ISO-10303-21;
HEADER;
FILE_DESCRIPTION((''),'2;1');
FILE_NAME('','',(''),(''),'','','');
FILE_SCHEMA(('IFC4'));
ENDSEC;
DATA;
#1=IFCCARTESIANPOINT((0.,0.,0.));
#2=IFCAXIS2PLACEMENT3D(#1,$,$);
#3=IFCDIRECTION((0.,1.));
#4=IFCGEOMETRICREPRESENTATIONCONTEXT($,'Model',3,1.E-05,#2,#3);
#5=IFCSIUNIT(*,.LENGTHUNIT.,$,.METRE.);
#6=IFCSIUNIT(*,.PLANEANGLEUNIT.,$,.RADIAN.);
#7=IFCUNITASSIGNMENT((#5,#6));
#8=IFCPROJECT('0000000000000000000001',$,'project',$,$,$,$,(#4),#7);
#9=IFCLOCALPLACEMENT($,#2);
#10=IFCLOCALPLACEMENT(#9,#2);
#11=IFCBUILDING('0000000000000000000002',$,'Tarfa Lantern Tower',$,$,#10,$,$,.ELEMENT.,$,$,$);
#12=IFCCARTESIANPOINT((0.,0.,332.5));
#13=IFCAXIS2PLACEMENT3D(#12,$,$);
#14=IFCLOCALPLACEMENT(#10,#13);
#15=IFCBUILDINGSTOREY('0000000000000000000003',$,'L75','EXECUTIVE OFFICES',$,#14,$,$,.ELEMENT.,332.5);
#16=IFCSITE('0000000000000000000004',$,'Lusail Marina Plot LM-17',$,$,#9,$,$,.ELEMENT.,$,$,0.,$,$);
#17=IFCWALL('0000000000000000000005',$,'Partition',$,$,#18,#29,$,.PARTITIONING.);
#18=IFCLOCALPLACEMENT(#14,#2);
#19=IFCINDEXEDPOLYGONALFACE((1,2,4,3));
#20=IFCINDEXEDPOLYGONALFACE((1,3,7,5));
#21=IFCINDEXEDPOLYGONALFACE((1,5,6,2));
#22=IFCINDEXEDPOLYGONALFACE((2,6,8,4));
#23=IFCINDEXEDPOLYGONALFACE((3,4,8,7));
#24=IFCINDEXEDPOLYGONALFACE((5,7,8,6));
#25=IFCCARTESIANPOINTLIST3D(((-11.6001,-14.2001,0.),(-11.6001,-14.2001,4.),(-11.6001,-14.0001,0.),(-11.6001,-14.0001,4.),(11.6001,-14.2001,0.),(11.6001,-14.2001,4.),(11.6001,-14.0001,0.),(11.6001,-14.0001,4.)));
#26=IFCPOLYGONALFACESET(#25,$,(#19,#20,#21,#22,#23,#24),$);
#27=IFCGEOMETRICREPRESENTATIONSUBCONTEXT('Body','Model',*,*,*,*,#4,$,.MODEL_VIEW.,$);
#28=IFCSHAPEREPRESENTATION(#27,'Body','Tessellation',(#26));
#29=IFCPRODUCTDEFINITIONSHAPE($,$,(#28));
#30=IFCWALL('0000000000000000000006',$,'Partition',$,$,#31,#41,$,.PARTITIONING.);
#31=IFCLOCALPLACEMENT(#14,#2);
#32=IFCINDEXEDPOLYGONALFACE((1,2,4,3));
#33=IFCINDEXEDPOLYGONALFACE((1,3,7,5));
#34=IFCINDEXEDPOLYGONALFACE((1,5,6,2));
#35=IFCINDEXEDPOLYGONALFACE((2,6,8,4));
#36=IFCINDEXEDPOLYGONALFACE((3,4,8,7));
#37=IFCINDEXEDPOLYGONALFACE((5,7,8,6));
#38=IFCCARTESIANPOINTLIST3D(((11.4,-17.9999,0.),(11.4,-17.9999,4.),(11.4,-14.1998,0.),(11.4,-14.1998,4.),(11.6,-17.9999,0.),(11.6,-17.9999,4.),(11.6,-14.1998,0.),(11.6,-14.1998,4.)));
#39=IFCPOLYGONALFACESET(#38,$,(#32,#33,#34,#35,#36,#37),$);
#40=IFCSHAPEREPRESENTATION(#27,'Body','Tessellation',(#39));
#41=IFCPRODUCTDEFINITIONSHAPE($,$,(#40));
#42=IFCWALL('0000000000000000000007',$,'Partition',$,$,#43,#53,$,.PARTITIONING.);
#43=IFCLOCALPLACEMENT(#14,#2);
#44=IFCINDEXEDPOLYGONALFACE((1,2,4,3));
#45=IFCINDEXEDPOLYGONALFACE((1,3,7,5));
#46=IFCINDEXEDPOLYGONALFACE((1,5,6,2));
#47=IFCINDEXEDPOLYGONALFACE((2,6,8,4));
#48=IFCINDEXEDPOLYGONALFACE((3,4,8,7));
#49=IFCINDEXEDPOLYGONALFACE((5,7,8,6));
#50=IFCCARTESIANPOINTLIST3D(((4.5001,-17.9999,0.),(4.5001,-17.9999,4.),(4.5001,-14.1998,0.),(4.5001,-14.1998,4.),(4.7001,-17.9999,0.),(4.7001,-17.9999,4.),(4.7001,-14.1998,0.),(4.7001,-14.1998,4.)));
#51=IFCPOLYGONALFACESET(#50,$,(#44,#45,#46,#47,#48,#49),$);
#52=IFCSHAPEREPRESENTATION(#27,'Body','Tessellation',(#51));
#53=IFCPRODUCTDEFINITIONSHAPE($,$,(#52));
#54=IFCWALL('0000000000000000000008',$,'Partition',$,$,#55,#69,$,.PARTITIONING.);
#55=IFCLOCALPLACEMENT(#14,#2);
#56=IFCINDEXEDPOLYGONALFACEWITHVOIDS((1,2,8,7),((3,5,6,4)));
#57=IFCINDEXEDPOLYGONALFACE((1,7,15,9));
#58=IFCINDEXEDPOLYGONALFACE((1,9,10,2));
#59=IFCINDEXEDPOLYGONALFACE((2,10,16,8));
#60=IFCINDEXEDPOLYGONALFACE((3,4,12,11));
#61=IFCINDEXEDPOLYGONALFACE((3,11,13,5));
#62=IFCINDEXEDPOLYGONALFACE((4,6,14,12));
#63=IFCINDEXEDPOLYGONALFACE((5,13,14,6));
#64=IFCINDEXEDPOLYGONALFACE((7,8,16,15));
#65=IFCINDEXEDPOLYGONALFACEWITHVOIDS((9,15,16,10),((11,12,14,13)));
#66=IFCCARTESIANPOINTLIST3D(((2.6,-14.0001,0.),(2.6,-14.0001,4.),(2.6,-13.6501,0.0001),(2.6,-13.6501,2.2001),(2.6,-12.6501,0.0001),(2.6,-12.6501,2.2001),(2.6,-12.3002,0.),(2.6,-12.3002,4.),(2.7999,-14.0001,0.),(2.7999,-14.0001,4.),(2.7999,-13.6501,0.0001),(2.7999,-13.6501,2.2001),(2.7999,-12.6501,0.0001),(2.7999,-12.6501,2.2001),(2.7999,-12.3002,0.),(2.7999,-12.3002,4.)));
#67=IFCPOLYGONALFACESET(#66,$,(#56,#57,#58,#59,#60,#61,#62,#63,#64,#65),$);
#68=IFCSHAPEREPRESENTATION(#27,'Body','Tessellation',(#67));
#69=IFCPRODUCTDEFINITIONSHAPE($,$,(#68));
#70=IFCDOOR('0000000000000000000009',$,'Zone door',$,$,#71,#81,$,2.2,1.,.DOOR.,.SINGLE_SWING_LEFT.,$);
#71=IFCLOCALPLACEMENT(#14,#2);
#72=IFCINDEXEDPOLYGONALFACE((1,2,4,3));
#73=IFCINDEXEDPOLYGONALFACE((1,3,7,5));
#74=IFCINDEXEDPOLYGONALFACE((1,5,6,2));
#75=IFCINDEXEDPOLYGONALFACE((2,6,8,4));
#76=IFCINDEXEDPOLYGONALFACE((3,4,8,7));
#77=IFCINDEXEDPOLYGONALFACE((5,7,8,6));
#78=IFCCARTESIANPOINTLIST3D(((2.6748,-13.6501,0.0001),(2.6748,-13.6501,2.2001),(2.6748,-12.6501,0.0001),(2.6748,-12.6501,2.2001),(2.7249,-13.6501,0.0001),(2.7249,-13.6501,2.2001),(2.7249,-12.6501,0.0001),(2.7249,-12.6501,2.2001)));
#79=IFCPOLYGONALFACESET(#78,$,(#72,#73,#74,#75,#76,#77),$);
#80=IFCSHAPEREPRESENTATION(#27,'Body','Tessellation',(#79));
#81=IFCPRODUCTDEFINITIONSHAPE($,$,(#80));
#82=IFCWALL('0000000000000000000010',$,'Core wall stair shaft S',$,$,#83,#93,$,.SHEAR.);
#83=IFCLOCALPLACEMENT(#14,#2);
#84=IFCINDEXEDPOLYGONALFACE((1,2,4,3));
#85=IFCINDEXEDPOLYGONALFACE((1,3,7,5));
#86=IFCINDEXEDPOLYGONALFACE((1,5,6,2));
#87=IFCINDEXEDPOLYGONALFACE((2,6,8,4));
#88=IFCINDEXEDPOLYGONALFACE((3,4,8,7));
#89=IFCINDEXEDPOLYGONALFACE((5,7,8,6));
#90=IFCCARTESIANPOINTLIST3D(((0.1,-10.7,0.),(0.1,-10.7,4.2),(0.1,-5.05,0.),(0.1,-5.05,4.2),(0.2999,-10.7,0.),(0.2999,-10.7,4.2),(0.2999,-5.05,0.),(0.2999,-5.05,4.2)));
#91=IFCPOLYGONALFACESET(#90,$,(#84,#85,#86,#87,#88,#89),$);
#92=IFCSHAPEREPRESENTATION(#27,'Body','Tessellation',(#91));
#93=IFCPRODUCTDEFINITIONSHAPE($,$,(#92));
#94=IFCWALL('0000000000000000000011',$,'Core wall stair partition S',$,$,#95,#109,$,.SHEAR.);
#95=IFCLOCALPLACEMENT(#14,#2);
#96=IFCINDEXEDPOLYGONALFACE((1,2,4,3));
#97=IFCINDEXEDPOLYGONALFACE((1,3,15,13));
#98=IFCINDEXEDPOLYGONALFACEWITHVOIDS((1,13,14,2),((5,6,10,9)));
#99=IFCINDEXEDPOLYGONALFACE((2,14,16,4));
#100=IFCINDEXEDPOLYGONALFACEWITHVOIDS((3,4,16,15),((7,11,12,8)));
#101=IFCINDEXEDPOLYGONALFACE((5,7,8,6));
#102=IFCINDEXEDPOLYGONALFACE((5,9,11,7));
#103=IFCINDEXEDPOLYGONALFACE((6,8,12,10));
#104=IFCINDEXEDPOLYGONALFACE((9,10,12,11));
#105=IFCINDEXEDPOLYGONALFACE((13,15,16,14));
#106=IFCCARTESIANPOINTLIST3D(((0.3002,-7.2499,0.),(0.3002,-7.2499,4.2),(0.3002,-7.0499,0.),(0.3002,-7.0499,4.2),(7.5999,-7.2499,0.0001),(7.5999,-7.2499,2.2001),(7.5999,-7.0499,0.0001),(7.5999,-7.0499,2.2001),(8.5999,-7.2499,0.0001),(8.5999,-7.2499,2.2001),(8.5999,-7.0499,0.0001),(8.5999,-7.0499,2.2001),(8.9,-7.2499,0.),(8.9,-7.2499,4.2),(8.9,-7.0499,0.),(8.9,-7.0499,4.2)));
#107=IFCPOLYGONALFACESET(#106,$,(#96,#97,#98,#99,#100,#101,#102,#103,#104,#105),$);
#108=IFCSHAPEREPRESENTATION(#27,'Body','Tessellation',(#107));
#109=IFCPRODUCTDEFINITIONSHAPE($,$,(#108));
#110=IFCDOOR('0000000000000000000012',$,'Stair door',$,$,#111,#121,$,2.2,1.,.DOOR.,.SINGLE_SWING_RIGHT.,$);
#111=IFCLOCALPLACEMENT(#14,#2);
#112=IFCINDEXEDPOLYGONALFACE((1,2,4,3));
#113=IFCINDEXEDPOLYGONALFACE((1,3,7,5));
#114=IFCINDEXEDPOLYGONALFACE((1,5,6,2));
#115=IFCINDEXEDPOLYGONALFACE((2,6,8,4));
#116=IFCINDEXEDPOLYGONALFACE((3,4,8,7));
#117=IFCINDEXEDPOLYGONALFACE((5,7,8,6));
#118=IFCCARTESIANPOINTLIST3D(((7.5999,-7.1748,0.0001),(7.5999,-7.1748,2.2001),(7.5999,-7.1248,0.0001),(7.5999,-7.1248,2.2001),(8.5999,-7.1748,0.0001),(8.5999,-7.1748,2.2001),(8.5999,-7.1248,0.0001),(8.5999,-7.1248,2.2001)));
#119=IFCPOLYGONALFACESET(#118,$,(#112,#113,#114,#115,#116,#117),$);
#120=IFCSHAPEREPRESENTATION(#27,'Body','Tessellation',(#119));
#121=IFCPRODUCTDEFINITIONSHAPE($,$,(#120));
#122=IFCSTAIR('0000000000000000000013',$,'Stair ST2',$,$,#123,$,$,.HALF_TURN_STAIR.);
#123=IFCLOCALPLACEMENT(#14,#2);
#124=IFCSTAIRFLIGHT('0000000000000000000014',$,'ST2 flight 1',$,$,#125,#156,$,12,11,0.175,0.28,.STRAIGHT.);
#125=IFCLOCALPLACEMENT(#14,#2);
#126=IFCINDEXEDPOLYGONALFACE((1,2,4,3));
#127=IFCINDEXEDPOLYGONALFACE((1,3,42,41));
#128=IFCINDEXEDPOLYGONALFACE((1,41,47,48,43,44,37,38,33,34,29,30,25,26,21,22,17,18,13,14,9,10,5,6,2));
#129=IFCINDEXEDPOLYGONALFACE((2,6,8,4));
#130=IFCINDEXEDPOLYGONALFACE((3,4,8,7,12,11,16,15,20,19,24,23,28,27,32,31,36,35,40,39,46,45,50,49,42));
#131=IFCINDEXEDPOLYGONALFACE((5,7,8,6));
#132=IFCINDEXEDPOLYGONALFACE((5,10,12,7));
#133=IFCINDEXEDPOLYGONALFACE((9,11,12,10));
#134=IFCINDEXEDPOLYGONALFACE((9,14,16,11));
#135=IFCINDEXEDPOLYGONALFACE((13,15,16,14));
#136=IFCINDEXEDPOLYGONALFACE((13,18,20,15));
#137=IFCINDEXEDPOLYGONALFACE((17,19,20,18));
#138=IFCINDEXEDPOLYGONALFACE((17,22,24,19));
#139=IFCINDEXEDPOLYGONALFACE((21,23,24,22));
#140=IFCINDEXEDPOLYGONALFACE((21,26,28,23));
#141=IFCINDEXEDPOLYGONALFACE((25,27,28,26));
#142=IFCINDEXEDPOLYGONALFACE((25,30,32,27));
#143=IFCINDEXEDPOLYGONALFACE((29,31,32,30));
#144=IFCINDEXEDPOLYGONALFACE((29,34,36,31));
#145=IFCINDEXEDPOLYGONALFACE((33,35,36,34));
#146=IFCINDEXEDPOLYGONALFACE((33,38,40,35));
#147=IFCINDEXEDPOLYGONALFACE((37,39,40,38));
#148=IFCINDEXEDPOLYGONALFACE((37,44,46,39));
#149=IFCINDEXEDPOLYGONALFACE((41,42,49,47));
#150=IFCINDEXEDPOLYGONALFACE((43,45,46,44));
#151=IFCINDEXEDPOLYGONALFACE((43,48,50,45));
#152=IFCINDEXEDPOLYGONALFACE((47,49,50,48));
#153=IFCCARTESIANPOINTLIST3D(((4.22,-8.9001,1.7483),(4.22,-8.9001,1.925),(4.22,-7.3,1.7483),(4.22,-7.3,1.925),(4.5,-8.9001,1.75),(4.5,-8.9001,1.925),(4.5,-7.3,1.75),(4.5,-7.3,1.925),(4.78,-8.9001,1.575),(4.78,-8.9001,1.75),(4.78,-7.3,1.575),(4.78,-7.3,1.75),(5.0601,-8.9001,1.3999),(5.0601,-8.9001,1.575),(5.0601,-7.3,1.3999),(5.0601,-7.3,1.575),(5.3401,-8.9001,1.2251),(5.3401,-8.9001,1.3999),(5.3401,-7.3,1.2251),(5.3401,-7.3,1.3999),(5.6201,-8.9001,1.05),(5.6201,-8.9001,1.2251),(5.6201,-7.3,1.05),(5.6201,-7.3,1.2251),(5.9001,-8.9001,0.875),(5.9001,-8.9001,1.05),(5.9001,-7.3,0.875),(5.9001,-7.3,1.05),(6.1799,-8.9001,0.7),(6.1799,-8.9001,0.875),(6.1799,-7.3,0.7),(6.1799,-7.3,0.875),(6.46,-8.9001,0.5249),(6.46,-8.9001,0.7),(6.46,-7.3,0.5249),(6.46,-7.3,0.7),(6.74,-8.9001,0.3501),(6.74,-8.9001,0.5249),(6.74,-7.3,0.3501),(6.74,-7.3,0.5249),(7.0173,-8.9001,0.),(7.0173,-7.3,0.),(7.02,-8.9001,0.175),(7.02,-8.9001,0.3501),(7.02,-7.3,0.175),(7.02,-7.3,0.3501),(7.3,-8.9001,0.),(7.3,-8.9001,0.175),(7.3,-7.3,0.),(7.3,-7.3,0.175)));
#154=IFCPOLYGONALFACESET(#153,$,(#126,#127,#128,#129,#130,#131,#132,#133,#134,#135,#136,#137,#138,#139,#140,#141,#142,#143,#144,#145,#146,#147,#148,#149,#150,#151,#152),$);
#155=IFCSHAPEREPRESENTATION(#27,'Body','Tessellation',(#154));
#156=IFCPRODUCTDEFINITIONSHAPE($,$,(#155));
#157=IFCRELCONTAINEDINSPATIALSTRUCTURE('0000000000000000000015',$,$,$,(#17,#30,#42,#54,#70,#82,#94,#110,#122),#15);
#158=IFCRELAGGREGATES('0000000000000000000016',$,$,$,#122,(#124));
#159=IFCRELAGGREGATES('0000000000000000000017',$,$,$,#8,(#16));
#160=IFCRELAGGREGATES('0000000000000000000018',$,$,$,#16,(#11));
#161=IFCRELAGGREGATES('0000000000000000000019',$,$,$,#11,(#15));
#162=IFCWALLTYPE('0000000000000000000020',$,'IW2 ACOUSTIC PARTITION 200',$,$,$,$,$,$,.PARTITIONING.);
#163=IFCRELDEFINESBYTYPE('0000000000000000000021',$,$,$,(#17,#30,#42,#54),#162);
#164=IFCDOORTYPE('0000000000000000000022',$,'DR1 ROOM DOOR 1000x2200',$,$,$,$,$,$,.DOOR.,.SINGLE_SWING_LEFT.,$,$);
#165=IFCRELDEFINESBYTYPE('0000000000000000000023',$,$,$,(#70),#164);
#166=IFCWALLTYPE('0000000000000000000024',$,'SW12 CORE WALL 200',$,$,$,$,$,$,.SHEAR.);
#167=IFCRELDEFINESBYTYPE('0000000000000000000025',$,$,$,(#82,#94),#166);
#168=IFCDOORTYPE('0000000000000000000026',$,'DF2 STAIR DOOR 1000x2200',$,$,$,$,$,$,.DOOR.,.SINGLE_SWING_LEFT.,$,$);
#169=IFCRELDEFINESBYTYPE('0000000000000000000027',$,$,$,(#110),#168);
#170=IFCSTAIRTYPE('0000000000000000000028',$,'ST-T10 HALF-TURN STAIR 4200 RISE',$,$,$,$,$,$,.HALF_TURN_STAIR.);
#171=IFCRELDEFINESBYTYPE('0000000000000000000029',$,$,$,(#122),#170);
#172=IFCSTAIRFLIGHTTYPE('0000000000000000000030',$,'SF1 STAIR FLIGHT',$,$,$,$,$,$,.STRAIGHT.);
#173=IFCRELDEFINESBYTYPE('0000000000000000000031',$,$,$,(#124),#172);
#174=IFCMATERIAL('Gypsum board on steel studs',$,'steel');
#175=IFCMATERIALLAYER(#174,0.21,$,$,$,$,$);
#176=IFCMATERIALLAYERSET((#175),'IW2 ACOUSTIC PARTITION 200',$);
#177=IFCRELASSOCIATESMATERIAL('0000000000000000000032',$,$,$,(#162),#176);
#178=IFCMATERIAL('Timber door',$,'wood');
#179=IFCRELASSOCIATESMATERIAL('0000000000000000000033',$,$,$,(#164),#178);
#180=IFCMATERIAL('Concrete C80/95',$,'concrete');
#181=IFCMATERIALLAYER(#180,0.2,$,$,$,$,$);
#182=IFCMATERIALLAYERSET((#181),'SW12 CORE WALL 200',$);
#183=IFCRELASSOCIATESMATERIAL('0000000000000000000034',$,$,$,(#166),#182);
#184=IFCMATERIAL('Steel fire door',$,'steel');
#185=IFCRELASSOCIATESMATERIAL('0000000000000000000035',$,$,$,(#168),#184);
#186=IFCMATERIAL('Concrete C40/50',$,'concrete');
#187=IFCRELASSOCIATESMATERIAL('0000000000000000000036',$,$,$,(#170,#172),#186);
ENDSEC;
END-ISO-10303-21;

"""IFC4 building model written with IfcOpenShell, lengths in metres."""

from ifc_helpers import new_model, si_unit, direction, frame, frame_2d, origin, place, context, subcontext, project, spatial, polyline, rectangle, outline, extrude, material, layer, layer_set, type_object, element, fill, aggregate, save


model = new_model("IFC4")

# Units and contexts
model_context = context("Model", 3, precision=1e-05, world=origin(), true_north=direction((0.0, 1.0)))
body_context = subcontext(model_context, "Body", "Model", "MODEL_VIEW")
ifc_project = project(units=[si_unit("LENGTHUNIT", "METRE"), si_unit("PLANEANGLEUNIT", "RADIAN")], contexts=[model_context])

# Site, building, storey
site_placement = place(None, origin())
site = spatial("IfcSite", under=ifc_project, at=site_placement, Name="Lusail Marina Plot LM-17", CompositionType="ELEMENT", RefElevation=0.0)
building_placement = place(site_placement, origin())
building = spatial("IfcBuilding", under=site, at=building_placement, Name="Tarfa Lantern Tower", CompositionType="ELEMENT")
storey_placement = place(building_placement, frame((0.0, 0.0, 332.5)))
storey = spatial("IfcBuildingStorey", under=building, at=storey_placement, Name="L75", Description="EXECUTIVE OFFICES", CompositionType="ELEMENT", Elevation=332.5)

# Walls
ifc_material_1 = material(Name="Gypsum board on steel studs", Category="steel")
ifc_layer_1 = layer(ifc_material_1, 0.21)
ifc_layer_set_1 = layer_set([ifc_layer_1], Name="IW2 ACOUSTIC PARTITION 200")
wall_type_1 = type_object("IfcWallType", Name="IW2 ACOUSTIC PARTITION 200", PredefinedType="PARTITIONING", material=ifc_layer_set_1)
wall_1_placement = place(storey_placement, frame((11.6001, -14.1001, 0.0), z_axis=(0.0, 0.0, 1.0), x_axis=(-1.0, 0.0, 0.0)))
element("IfcWall", 1, at=wall_1_placement, inside=storey, type_object=wall_type_1, Name="Partition", PredefinedType="PARTITIONING", context=body_context, shape_type="SweptSolid", body=[
    extrude(rectangle(XDim=23.2002, YDim=0.2, at=frame_2d((11.6001, 0.0))), origin(), (0.0, 0.0, 1.0), 4.0),
])
for number, where, z_axis, x_axis, name in (
    (2, (11.5, -14.2, 0.0), (0.0, 0.0, 1.0), (0.0, -1.0, 0.0), "Partition"),
    (3, (4.6001, -14.2, 0.0), (0.0, 0.0, 1.0), (0.0, -1.0, 0.0), "Partition"),
):
    element("IfcWall", number, at=place(storey_placement, frame(where, z_axis=z_axis, x_axis=x_axis)), inside=storey, type_object=wall_type_1, Name=name, PredefinedType="PARTITIONING", context=body_context, shape_type="SweptSolid", body=[
        extrude(rectangle(XDim=3.8, YDim=0.2, at=frame_2d((1.8999, 0.0))), origin(), (0.0, 0.0, 1.0), 4.0),
    ])

# Wall, opening, door
wall_2_placement = place(storey_placement, frame((2.7, -12.3, 0.0), z_axis=(0.0, 0.0, 1.0), x_axis=(0.0, -1.0, 0.0)))
wall_2 = element("IfcWall", 4, at=wall_2_placement, inside=storey, type_object=wall_type_1, Name="Partition", PredefinedType="PARTITIONING", context=body_context, shape_type="SweptSolid", body=[
    extrude(rectangle(XDim=1.7, YDim=0.2, at=frame_2d((0.8501, 0.0))), origin(), (0.0, 0.0, 1.0), 4.0),
])
opening_1_placement = place(wall_2_placement, frame((0.3501, 0.0, 0.0)))
opening_1 = element("IfcOpeningElement", 5, at=opening_1_placement, cuts=wall_2, PredefinedType="OPENING", context=body_context, shape_type="SweptSolid", body=[
    extrude(rectangle(XDim=1.0, YDim=2.2, at=frame_2d((0.5, 1.1001))), frame((0.0, 0.1099, 0.0), z_axis=(0.0, -1.0, 0.0), x_axis=(1.0, 0.0, 0.0)), (0.0, 0.0, 1.0), 0.22),
])
ifc_material_2 = material(Name="Timber door", Category="wood")
door_type_1 = type_object("IfcDoorType", Name="DR1 ROOM DOOR 1000x2200", OperationType="SINGLE_SWING_LEFT", PredefinedType="DOOR", material=ifc_material_2)
door_1_placement = place(opening_1_placement, origin())
door_1 = element("IfcDoor", 6, at=door_1_placement, inside=storey, type_object=door_type_1, Name="Zone door", OperationType="SINGLE_SWING_LEFT", OverallHeight=2.2, OverallWidth=1.0, PredefinedType="DOOR", context=body_context, shape_type="SweptSolid", body=[
    extrude(rectangle(XDim=1.0, YDim=2.2, at=frame_2d((0.5, 1.1001))), frame((0.0, 0.0249, 0.0), z_axis=(0.0, -1.0, 0.0), x_axis=(1.0, 0.0, 0.0)), (0.0, 0.0, 1.0), 0.05),
])
fill(opening_1, door_1)

# Wall
ifc_material_3 = material(Name="Concrete C80/95", Category="concrete")
ifc_layer_2 = layer(ifc_material_3, 0.2)
ifc_layer_set_2 = layer_set([ifc_layer_2], Name="SW12 CORE WALL 200")
wall_type_2 = type_object("IfcWallType", Name="SW12 CORE WALL 200", PredefinedType="SHEAR", material=ifc_layer_set_2)
wall_3_placement = place(storey_placement, frame((0.2, -5.05, 0.0), z_axis=(0.0, 0.0, 1.0), x_axis=(0.0, -1.0, 0.0)))
element("IfcWall", 7, at=wall_3_placement, inside=storey, type_object=wall_type_2, Name="Core wall stair shaft S", PredefinedType="SHEAR", context=body_context, shape_type="SweptSolid", body=[
    extrude(rectangle(XDim=5.6499, YDim=0.2, at=frame_2d((2.825, 0.0))), origin(), (0.0, 0.0, 1.0), 4.2),
])

# Wall, opening, door
wall_4_placement = place(storey_placement, frame((8.8999, -7.1499, 0.0), z_axis=(0.0, 0.0, 1.0), x_axis=(-1.0, 0.0, 0.0)))
wall_4 = element("IfcWall", 8, at=wall_4_placement, inside=storey, type_object=wall_type_2, Name="Core wall stair partition S", PredefinedType="SHEAR", context=body_context, shape_type="SweptSolid", body=[
    extrude(rectangle(XDim=8.5999, YDim=0.2, at=frame_2d((4.2998, 0.0))), origin(), (0.0, 0.0, 1.0), 4.2),
])
opening_2_placement = place(wall_4_placement, frame((0.3, 0.0, 0.0)))
opening_2 = element("IfcOpeningElement", 9, at=opening_2_placement, cuts=wall_4, PredefinedType="OPENING", context=body_context, shape_type="SweptSolid", body=[
    extrude(rectangle(XDim=1.0, YDim=2.2, at=frame_2d((0.5, 1.1001))), frame((0.0, 0.1099, 0.0), z_axis=(0.0, -1.0, 0.0), x_axis=(1.0, 0.0, 0.0)), (0.0, 0.0, 1.0), 0.22),
])
ifc_material_4 = material(Name="Steel fire door", Category="steel")
door_type_2 = type_object("IfcDoorType", Name="DF2 STAIR DOOR 1000x2200", OperationType="SINGLE_SWING_LEFT", PredefinedType="DOOR", material=ifc_material_4)
door_2_placement = place(opening_2_placement, origin())
door_2 = element("IfcDoor", 10, at=door_2_placement, inside=storey, type_object=door_type_2, Name="Stair door", OperationType="SINGLE_SWING_RIGHT", OverallHeight=2.2, OverallWidth=1.0, PredefinedType="DOOR", context=body_context, shape_type="SweptSolid", body=[
    extrude(rectangle(XDim=1.0, YDim=2.2, at=frame_2d((0.5, 1.1001))), frame((0.0, 0.0249, 0.0), z_axis=(0.0, -1.0, 0.0), x_axis=(1.0, 0.0, 0.0)), (0.0, 0.0, 1.0), 0.05),
])
fill(opening_2, door_2)

# Stair, stair flight
ifc_material_5 = material(Name="Concrete C40/50", Category="concrete")
stair_type = type_object("IfcStairType", Name="ST-T10 HALF-TURN STAIR 4200 RISE", PredefinedType="HALF_TURN_STAIR", material=ifc_material_5)
stair_placement = place(storey_placement, origin())
stair = element("IfcStair", 11, at=stair_placement, inside=storey, type_object=stair_type, Name="Stair ST2", PredefinedType="HALF_TURN_STAIR")
stair_flight_type = type_object("IfcStairFlightType", Name="SF1 STAIR FLIGHT", PredefinedType="STRAIGHT", material=ifc_material_5)
stair_flight_1_placement = place(storey_placement, frame((7.3, -8.1001, 0.0), z_axis=(0.0, 0.0, 1.0), x_axis=(-1.0, 0.0, 0.0)))
stair_flight_1 = element("IfcStairFlight", 12, at=stair_flight_1_placement, type_object=stair_flight_type, Name="ST2 flight 1", NumberOfRisers=12, NumberOfTreads=11, PredefinedType="STRAIGHT", RiserHeight=0.175, TreadLength=0.28, context=body_context, shape_type="SweptSolid", body=[
    extrude(outline(polyline([(0.0, 0.0), (0.0, 0.175), (0.28, 0.175), (0.28, 0.3501), (0.5601, 0.3501), (0.5601, 0.5249), (0.8401, 0.5249), (0.8401, 0.7), (1.1201, 0.7), (1.1201, 0.875), (1.3999, 0.875), (1.3999, 1.05), (1.6799, 1.05), (1.6799, 1.2251), (1.96, 1.2251), (1.96, 1.3999), (2.24, 1.3999), (2.24, 1.575), (2.52, 1.575), (2.52, 1.75), (2.8, 1.75), (2.8, 1.925), (3.0801, 1.925), (3.0801, 2.1001), (3.0801, 1.7483), (0.2827, 0.0), (0.0, 0.0)])), frame((0.0, 0.8, 0.0), z_axis=(0.0, -1.0, 0.0), x_axis=(1.0, 0.0, 0.0)), (0.0, 0.0, 1.0), 1.6001),
])
aggregate(stair, [stair_flight_1])

save(model, "model.ifc")
